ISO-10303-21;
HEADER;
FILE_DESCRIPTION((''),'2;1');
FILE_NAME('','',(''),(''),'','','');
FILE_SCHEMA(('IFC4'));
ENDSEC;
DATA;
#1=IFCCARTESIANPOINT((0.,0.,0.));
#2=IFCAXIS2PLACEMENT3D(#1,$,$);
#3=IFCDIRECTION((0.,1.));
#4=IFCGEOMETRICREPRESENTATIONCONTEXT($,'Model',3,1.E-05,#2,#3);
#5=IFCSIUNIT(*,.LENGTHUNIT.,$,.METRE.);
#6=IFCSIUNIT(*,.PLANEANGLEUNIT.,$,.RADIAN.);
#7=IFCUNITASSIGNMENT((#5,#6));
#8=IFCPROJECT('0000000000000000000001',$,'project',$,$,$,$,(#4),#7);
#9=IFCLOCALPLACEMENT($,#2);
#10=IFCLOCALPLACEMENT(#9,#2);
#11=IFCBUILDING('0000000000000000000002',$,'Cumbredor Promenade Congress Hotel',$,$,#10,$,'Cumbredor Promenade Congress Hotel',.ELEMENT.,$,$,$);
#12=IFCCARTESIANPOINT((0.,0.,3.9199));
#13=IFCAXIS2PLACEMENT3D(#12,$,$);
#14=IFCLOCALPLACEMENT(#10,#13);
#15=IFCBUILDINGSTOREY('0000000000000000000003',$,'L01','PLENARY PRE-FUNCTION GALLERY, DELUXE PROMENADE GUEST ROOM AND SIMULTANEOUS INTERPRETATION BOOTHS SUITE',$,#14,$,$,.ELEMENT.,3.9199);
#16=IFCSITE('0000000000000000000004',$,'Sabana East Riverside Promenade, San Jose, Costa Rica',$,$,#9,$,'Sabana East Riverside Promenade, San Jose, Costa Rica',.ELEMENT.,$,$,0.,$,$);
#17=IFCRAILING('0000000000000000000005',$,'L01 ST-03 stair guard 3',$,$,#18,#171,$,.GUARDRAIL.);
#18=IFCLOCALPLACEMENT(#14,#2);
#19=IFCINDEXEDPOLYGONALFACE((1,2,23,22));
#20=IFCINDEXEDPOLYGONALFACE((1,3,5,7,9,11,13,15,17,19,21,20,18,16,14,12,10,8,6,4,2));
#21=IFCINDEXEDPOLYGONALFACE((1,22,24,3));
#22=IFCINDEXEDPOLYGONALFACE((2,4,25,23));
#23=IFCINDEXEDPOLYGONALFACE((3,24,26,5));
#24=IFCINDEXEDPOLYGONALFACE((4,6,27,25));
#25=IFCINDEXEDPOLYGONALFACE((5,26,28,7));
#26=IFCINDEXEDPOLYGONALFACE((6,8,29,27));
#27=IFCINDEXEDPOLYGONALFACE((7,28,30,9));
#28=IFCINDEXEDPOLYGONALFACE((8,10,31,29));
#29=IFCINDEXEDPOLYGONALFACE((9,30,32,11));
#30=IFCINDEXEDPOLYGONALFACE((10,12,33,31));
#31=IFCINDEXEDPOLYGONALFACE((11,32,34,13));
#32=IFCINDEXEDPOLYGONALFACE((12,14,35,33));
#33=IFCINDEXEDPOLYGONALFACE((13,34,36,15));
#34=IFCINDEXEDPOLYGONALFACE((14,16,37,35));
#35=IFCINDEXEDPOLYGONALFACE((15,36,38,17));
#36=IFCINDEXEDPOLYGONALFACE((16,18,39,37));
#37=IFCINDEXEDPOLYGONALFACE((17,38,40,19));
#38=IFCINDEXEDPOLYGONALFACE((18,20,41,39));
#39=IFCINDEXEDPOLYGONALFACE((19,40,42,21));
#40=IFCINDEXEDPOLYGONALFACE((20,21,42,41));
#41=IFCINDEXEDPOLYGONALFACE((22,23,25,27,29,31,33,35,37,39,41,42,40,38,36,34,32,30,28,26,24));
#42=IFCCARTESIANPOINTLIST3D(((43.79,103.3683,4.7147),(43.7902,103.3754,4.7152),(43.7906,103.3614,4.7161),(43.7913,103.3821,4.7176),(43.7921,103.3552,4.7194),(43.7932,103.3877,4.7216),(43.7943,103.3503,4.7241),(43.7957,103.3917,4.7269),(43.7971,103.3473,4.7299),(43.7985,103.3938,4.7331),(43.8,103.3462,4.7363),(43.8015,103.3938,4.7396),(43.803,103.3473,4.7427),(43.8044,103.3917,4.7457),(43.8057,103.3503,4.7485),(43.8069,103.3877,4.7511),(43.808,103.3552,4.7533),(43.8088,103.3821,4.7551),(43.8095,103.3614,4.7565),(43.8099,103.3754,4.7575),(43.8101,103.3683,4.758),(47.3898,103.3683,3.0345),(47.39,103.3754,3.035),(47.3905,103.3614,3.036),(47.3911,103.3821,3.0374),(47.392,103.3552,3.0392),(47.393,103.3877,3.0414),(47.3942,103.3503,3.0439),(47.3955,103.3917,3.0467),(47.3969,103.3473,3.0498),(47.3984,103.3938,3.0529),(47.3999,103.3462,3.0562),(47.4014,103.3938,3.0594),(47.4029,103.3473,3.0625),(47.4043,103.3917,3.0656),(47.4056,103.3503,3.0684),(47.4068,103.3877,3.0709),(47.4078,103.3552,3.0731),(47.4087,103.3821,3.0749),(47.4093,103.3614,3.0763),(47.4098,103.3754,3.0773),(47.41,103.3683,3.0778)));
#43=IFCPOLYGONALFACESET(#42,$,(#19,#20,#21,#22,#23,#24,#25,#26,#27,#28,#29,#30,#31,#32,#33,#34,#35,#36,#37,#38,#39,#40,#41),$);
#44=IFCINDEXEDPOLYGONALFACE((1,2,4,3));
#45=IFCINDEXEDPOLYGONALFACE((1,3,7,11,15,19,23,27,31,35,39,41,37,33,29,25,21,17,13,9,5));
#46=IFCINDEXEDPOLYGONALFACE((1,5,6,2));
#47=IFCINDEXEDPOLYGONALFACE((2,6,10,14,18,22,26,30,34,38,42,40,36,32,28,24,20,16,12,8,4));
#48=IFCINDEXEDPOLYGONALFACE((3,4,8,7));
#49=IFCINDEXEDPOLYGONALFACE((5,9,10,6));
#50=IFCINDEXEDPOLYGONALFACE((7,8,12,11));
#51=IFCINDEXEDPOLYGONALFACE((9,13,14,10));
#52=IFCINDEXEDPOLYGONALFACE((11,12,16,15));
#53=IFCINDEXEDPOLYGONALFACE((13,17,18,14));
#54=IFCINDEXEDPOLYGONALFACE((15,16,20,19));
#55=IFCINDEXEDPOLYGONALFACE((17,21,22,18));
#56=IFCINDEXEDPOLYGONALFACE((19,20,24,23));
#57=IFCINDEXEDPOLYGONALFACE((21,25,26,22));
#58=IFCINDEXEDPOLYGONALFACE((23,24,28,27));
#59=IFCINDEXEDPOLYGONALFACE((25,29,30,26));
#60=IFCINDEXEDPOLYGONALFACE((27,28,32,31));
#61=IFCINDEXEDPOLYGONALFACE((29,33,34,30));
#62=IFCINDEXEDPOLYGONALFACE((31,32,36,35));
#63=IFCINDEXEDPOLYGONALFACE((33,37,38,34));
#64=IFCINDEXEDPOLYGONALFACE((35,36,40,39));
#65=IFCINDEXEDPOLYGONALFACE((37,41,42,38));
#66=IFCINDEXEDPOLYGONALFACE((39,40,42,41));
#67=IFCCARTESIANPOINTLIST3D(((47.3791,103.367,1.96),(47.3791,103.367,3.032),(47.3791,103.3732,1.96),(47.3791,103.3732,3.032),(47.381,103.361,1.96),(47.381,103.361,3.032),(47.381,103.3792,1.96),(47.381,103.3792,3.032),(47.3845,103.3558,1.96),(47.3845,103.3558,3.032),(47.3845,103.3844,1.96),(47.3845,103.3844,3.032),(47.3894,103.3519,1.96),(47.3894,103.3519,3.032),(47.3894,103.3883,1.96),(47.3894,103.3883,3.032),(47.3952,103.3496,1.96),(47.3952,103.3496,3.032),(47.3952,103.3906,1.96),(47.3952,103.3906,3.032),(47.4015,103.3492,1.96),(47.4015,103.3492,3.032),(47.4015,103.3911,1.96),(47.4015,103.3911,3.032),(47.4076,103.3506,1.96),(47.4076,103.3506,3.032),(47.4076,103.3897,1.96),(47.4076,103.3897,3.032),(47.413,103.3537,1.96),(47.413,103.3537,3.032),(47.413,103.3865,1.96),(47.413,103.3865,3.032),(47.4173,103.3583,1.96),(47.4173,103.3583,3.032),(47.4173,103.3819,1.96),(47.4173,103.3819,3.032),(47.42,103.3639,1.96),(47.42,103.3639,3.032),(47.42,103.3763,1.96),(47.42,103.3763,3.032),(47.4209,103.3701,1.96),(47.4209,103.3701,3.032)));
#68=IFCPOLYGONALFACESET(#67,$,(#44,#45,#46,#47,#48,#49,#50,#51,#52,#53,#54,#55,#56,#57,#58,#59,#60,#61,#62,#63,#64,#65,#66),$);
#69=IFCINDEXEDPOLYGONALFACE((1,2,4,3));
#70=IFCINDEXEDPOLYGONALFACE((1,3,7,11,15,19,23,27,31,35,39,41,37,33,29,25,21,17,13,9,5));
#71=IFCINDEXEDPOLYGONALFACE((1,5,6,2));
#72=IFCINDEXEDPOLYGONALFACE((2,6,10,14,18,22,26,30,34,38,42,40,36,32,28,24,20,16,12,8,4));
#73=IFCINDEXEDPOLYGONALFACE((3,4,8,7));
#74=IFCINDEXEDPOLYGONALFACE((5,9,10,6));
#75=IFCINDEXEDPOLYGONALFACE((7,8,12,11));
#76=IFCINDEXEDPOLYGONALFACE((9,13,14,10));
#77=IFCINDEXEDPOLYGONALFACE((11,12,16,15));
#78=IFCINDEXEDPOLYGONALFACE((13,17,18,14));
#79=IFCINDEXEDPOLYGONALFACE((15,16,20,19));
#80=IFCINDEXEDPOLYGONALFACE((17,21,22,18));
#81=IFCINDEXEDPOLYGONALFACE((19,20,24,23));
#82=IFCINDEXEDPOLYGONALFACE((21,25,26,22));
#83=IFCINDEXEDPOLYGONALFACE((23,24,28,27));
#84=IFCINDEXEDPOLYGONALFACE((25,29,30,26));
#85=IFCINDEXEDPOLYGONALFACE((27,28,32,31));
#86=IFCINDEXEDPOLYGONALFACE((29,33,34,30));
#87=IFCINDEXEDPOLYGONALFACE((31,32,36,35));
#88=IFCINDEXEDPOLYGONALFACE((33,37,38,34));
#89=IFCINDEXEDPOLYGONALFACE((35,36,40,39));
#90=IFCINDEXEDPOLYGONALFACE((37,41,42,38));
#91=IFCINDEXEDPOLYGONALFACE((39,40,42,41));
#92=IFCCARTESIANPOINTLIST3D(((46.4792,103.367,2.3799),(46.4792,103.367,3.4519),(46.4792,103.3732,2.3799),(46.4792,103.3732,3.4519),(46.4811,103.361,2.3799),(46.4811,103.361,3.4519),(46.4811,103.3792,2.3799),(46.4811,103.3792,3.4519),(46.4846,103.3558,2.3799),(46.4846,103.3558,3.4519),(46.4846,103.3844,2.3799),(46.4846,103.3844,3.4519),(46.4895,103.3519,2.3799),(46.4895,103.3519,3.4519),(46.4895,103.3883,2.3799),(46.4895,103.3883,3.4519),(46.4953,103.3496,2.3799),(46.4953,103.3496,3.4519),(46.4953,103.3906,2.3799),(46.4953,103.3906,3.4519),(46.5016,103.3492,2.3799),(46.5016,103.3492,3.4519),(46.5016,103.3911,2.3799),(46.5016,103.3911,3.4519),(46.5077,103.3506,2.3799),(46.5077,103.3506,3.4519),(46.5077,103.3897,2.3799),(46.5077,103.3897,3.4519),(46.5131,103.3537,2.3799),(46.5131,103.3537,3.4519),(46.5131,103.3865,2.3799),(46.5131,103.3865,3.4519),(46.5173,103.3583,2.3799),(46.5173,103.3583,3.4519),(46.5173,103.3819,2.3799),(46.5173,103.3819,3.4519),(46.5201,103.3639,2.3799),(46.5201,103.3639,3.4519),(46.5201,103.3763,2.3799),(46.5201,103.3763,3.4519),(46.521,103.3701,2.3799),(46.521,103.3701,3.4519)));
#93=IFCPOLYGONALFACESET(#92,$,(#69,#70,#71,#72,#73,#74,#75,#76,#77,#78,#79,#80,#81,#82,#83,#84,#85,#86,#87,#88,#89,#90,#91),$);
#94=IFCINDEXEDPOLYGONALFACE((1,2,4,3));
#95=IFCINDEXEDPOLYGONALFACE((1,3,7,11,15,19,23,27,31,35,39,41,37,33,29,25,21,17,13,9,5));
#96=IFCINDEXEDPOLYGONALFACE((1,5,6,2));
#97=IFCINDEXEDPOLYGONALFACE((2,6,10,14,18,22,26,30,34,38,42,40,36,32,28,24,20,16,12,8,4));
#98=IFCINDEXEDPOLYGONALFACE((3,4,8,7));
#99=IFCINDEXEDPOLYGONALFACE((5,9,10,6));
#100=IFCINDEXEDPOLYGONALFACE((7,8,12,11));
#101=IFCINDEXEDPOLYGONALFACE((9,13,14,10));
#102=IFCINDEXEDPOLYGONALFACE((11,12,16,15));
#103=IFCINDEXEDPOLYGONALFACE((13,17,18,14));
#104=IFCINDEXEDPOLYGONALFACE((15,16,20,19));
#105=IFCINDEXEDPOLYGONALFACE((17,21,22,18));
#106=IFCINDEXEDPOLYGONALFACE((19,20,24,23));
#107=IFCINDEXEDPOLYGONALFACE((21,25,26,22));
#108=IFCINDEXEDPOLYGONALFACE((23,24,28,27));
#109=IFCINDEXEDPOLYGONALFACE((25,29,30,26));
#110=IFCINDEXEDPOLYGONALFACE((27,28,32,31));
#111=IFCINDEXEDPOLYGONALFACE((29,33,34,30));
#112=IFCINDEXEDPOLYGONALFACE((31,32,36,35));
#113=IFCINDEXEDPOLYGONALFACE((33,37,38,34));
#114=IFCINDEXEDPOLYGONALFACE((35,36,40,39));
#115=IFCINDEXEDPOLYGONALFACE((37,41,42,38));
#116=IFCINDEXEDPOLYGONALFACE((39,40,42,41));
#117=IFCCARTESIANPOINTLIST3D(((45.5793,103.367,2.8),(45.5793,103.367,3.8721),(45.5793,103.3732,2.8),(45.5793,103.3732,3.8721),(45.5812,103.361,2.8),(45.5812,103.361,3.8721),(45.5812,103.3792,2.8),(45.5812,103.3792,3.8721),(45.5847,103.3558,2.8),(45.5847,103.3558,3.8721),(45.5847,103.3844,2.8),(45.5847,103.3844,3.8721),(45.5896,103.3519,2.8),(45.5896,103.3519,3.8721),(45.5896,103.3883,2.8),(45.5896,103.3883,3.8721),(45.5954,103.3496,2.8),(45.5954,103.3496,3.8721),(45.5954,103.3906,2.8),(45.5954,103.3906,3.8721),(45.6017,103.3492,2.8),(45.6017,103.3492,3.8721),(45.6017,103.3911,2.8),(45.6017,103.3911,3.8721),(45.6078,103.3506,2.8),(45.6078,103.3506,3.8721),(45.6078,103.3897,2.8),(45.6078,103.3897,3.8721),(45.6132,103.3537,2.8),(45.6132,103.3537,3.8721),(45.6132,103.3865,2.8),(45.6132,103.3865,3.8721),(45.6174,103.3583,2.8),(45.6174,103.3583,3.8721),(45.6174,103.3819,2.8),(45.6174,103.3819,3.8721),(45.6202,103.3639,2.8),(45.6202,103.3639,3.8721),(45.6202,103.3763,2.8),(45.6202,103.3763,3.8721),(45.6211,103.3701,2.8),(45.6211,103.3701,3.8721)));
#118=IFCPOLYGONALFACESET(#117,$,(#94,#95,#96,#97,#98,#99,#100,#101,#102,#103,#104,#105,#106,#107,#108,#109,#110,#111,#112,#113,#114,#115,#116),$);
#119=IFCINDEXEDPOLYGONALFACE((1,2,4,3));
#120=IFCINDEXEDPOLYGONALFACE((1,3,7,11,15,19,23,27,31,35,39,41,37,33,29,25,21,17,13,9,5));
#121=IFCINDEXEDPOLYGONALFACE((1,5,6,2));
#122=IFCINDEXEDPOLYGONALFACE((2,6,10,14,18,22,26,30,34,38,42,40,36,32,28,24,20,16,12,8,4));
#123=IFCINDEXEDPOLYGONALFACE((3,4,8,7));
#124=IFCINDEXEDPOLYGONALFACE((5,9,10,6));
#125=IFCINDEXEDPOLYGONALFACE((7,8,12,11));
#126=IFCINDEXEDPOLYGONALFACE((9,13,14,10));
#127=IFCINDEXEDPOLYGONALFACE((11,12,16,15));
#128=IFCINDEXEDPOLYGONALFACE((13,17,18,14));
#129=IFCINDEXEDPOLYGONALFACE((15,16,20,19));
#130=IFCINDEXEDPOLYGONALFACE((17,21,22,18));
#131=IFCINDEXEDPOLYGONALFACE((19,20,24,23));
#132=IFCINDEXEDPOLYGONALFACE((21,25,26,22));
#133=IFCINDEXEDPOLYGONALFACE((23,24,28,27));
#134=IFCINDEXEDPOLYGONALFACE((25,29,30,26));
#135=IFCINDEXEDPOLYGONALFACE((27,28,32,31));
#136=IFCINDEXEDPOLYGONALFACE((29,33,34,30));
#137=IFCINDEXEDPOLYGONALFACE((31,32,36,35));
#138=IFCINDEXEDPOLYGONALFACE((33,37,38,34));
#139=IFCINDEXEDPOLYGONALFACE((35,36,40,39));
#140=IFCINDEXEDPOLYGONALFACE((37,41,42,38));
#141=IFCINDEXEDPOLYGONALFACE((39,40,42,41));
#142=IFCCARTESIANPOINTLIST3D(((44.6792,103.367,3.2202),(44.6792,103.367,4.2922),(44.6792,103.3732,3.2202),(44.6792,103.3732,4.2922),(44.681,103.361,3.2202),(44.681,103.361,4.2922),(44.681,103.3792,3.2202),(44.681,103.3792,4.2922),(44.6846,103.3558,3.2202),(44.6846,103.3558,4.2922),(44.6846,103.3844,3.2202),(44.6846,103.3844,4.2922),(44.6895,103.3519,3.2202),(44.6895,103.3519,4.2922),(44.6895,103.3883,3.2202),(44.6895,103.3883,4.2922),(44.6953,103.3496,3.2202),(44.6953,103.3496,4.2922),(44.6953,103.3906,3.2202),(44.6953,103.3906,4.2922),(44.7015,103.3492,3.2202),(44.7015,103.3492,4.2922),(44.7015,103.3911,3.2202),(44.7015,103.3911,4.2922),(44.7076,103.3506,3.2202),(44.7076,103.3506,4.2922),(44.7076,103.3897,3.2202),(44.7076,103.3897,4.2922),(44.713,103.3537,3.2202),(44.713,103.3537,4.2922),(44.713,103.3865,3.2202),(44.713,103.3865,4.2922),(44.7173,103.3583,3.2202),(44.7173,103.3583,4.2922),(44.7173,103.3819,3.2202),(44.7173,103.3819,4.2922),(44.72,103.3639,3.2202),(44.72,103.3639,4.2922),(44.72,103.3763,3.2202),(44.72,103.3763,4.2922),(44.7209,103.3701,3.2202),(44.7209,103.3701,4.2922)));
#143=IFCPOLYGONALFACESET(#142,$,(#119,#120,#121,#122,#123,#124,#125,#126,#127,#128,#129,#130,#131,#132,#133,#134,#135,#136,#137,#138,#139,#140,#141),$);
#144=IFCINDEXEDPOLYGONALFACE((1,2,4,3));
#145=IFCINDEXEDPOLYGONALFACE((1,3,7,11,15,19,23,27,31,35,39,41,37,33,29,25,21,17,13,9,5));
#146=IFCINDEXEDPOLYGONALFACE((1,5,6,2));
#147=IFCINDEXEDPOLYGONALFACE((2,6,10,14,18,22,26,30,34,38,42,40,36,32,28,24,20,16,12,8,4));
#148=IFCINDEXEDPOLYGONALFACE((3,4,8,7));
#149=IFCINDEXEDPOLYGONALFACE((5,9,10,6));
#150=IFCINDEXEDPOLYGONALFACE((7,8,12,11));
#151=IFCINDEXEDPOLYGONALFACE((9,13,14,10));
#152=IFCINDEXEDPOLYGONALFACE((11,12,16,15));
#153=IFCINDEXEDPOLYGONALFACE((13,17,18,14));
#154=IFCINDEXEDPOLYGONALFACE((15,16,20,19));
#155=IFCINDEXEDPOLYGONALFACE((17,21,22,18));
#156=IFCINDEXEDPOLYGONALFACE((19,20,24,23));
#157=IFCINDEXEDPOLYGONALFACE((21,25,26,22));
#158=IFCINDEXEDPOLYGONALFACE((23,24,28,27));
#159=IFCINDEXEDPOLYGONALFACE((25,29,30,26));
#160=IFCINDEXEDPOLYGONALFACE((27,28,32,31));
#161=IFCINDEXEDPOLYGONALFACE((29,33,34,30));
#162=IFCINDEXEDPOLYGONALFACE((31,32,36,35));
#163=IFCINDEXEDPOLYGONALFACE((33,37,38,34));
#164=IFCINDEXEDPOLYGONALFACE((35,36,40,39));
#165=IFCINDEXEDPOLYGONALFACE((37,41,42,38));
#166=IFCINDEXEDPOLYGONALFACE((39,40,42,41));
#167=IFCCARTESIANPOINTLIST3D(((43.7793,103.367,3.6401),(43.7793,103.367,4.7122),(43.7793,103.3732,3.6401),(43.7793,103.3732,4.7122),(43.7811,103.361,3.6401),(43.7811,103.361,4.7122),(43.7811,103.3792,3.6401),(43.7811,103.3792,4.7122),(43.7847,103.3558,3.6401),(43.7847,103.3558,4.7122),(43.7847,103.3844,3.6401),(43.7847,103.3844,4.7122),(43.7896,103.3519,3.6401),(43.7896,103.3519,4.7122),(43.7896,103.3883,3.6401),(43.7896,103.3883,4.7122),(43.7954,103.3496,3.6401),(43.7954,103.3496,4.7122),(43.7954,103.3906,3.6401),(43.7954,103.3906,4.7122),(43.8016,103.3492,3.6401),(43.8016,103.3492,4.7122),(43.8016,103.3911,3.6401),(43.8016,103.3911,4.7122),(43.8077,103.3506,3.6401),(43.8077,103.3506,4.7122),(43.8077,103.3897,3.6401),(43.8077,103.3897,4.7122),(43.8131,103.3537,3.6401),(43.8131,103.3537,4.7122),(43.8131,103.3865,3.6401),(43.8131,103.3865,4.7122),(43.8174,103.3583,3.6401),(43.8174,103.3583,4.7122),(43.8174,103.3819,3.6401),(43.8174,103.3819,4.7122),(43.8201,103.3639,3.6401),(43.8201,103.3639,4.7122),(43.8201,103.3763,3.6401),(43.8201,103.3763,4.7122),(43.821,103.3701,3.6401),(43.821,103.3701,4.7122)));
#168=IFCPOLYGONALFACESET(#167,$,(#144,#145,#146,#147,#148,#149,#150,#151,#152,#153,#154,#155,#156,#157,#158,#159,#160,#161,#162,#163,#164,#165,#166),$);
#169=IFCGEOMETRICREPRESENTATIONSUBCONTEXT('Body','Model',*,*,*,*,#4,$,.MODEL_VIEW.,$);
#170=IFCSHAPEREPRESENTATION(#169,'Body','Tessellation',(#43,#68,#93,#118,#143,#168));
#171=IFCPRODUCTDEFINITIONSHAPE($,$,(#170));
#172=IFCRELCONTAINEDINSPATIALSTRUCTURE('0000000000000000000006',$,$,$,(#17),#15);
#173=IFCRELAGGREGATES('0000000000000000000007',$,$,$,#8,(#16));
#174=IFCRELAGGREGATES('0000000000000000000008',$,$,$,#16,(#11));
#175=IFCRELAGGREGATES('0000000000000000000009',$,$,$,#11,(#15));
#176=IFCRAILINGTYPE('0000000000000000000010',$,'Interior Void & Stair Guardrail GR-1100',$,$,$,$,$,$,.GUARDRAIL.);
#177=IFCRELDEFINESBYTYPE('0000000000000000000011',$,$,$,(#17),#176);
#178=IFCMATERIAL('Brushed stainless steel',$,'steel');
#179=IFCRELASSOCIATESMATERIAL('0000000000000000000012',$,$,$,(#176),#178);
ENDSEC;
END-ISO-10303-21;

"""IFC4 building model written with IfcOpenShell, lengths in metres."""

from ifc_helpers import new_model, si_unit, direction, frame, origin, origin_2d, place, context, subcontext, project, spatial, circle, extrude, material, type_object, element, save


model = new_model("IFC4")

# Units and contexts
model_context = context("Model", 3, precision=1e-05, world=origin(), true_north=direction((0.0, 1.0)))
body_context = subcontext(model_context, "Body", "Model", "MODEL_VIEW")
ifc_project = project(units=[si_unit("LENGTHUNIT", "METRE"), si_unit("PLANEANGLEUNIT", "RADIAN")], contexts=[model_context])

# Site, building, storey
site_placement = place(None, origin())
site = spatial("IfcSite", under=ifc_project, at=site_placement, Name="Sabana East Riverside Promenade, San Jose, Costa Rica", LongName="Sabana East Riverside Promenade, San Jose, Costa Rica", CompositionType="ELEMENT", RefElevation=0.0)
building_placement = place(site_placement, origin())
building = spatial("IfcBuilding", under=site, at=building_placement, Name="Cumbredor Promenade Congress Hotel", LongName="Cumbredor Promenade Congress Hotel", CompositionType="ELEMENT")
storey_placement = place(building_placement, frame((0.0, 0.0, 3.9199)))
storey = spatial("IfcBuildingStorey", under=building, at=storey_placement, Name="L01", Description="PLENARY PRE-FUNCTION GALLERY, DELUXE PROMENADE GUEST ROOM AND SIMULTANEOUS INTERPRETATION BOOTHS SUITE", CompositionType="ELEMENT", Elevation=3.9199)

# Railing
ifc_material_1 = material(Name="Brushed stainless steel", Category="steel")
railing_type_1 = type_object("IfcRailingType", Name="Interior Void & Stair Guardrail GR-1100", PredefinedType="GUARDRAIL", material=ifc_material_1)
railing_1_placement = place(storey_placement, frame((47.3999, 103.3701, 1.96)))
element("IfcRailing", 1, at=railing_1_placement, inside=storey, type_object=railing_type_1, Name="L01 ST-03 stair guard 3", PredefinedType="GUARDRAIL", context=body_context, shape_type="SweptSolid", body=[
    extrude(circle(Radius=0.0239, at=origin_2d()), frame((0.0, 0.0, 1.0962), z_axis=(-0.90616, 0.0, 0.422936), x_axis=(0.0, -1.0, 0.0)), (0.0, 0.0, 1.0), 3.9727),
    extrude(circle(Radius=0.021, at=origin_2d()), origin(), (0.0, 0.0, 1.0), 1.072),
    extrude(circle(Radius=0.021, at=origin_2d()), frame((-0.8999, 0.0, 0.4199)), (0.0, 0.0, 1.0), 1.072),
    extrude(circle(Radius=0.021, at=origin_2d()), frame((-1.7998, 0.0, 0.8401)), (0.0, 0.0, 1.0), 1.072),
    extrude(circle(Radius=0.021, at=origin_2d()), frame((-2.7, 0.0, 1.2603)), (0.0, 0.0, 1.0), 1.072),
    extrude(circle(Radius=0.021, at=origin_2d()), frame((-3.5999, 0.0, 1.6802)), (0.0, 0.0, 1.0), 1.072),
])

save(model, "model.ifc")
